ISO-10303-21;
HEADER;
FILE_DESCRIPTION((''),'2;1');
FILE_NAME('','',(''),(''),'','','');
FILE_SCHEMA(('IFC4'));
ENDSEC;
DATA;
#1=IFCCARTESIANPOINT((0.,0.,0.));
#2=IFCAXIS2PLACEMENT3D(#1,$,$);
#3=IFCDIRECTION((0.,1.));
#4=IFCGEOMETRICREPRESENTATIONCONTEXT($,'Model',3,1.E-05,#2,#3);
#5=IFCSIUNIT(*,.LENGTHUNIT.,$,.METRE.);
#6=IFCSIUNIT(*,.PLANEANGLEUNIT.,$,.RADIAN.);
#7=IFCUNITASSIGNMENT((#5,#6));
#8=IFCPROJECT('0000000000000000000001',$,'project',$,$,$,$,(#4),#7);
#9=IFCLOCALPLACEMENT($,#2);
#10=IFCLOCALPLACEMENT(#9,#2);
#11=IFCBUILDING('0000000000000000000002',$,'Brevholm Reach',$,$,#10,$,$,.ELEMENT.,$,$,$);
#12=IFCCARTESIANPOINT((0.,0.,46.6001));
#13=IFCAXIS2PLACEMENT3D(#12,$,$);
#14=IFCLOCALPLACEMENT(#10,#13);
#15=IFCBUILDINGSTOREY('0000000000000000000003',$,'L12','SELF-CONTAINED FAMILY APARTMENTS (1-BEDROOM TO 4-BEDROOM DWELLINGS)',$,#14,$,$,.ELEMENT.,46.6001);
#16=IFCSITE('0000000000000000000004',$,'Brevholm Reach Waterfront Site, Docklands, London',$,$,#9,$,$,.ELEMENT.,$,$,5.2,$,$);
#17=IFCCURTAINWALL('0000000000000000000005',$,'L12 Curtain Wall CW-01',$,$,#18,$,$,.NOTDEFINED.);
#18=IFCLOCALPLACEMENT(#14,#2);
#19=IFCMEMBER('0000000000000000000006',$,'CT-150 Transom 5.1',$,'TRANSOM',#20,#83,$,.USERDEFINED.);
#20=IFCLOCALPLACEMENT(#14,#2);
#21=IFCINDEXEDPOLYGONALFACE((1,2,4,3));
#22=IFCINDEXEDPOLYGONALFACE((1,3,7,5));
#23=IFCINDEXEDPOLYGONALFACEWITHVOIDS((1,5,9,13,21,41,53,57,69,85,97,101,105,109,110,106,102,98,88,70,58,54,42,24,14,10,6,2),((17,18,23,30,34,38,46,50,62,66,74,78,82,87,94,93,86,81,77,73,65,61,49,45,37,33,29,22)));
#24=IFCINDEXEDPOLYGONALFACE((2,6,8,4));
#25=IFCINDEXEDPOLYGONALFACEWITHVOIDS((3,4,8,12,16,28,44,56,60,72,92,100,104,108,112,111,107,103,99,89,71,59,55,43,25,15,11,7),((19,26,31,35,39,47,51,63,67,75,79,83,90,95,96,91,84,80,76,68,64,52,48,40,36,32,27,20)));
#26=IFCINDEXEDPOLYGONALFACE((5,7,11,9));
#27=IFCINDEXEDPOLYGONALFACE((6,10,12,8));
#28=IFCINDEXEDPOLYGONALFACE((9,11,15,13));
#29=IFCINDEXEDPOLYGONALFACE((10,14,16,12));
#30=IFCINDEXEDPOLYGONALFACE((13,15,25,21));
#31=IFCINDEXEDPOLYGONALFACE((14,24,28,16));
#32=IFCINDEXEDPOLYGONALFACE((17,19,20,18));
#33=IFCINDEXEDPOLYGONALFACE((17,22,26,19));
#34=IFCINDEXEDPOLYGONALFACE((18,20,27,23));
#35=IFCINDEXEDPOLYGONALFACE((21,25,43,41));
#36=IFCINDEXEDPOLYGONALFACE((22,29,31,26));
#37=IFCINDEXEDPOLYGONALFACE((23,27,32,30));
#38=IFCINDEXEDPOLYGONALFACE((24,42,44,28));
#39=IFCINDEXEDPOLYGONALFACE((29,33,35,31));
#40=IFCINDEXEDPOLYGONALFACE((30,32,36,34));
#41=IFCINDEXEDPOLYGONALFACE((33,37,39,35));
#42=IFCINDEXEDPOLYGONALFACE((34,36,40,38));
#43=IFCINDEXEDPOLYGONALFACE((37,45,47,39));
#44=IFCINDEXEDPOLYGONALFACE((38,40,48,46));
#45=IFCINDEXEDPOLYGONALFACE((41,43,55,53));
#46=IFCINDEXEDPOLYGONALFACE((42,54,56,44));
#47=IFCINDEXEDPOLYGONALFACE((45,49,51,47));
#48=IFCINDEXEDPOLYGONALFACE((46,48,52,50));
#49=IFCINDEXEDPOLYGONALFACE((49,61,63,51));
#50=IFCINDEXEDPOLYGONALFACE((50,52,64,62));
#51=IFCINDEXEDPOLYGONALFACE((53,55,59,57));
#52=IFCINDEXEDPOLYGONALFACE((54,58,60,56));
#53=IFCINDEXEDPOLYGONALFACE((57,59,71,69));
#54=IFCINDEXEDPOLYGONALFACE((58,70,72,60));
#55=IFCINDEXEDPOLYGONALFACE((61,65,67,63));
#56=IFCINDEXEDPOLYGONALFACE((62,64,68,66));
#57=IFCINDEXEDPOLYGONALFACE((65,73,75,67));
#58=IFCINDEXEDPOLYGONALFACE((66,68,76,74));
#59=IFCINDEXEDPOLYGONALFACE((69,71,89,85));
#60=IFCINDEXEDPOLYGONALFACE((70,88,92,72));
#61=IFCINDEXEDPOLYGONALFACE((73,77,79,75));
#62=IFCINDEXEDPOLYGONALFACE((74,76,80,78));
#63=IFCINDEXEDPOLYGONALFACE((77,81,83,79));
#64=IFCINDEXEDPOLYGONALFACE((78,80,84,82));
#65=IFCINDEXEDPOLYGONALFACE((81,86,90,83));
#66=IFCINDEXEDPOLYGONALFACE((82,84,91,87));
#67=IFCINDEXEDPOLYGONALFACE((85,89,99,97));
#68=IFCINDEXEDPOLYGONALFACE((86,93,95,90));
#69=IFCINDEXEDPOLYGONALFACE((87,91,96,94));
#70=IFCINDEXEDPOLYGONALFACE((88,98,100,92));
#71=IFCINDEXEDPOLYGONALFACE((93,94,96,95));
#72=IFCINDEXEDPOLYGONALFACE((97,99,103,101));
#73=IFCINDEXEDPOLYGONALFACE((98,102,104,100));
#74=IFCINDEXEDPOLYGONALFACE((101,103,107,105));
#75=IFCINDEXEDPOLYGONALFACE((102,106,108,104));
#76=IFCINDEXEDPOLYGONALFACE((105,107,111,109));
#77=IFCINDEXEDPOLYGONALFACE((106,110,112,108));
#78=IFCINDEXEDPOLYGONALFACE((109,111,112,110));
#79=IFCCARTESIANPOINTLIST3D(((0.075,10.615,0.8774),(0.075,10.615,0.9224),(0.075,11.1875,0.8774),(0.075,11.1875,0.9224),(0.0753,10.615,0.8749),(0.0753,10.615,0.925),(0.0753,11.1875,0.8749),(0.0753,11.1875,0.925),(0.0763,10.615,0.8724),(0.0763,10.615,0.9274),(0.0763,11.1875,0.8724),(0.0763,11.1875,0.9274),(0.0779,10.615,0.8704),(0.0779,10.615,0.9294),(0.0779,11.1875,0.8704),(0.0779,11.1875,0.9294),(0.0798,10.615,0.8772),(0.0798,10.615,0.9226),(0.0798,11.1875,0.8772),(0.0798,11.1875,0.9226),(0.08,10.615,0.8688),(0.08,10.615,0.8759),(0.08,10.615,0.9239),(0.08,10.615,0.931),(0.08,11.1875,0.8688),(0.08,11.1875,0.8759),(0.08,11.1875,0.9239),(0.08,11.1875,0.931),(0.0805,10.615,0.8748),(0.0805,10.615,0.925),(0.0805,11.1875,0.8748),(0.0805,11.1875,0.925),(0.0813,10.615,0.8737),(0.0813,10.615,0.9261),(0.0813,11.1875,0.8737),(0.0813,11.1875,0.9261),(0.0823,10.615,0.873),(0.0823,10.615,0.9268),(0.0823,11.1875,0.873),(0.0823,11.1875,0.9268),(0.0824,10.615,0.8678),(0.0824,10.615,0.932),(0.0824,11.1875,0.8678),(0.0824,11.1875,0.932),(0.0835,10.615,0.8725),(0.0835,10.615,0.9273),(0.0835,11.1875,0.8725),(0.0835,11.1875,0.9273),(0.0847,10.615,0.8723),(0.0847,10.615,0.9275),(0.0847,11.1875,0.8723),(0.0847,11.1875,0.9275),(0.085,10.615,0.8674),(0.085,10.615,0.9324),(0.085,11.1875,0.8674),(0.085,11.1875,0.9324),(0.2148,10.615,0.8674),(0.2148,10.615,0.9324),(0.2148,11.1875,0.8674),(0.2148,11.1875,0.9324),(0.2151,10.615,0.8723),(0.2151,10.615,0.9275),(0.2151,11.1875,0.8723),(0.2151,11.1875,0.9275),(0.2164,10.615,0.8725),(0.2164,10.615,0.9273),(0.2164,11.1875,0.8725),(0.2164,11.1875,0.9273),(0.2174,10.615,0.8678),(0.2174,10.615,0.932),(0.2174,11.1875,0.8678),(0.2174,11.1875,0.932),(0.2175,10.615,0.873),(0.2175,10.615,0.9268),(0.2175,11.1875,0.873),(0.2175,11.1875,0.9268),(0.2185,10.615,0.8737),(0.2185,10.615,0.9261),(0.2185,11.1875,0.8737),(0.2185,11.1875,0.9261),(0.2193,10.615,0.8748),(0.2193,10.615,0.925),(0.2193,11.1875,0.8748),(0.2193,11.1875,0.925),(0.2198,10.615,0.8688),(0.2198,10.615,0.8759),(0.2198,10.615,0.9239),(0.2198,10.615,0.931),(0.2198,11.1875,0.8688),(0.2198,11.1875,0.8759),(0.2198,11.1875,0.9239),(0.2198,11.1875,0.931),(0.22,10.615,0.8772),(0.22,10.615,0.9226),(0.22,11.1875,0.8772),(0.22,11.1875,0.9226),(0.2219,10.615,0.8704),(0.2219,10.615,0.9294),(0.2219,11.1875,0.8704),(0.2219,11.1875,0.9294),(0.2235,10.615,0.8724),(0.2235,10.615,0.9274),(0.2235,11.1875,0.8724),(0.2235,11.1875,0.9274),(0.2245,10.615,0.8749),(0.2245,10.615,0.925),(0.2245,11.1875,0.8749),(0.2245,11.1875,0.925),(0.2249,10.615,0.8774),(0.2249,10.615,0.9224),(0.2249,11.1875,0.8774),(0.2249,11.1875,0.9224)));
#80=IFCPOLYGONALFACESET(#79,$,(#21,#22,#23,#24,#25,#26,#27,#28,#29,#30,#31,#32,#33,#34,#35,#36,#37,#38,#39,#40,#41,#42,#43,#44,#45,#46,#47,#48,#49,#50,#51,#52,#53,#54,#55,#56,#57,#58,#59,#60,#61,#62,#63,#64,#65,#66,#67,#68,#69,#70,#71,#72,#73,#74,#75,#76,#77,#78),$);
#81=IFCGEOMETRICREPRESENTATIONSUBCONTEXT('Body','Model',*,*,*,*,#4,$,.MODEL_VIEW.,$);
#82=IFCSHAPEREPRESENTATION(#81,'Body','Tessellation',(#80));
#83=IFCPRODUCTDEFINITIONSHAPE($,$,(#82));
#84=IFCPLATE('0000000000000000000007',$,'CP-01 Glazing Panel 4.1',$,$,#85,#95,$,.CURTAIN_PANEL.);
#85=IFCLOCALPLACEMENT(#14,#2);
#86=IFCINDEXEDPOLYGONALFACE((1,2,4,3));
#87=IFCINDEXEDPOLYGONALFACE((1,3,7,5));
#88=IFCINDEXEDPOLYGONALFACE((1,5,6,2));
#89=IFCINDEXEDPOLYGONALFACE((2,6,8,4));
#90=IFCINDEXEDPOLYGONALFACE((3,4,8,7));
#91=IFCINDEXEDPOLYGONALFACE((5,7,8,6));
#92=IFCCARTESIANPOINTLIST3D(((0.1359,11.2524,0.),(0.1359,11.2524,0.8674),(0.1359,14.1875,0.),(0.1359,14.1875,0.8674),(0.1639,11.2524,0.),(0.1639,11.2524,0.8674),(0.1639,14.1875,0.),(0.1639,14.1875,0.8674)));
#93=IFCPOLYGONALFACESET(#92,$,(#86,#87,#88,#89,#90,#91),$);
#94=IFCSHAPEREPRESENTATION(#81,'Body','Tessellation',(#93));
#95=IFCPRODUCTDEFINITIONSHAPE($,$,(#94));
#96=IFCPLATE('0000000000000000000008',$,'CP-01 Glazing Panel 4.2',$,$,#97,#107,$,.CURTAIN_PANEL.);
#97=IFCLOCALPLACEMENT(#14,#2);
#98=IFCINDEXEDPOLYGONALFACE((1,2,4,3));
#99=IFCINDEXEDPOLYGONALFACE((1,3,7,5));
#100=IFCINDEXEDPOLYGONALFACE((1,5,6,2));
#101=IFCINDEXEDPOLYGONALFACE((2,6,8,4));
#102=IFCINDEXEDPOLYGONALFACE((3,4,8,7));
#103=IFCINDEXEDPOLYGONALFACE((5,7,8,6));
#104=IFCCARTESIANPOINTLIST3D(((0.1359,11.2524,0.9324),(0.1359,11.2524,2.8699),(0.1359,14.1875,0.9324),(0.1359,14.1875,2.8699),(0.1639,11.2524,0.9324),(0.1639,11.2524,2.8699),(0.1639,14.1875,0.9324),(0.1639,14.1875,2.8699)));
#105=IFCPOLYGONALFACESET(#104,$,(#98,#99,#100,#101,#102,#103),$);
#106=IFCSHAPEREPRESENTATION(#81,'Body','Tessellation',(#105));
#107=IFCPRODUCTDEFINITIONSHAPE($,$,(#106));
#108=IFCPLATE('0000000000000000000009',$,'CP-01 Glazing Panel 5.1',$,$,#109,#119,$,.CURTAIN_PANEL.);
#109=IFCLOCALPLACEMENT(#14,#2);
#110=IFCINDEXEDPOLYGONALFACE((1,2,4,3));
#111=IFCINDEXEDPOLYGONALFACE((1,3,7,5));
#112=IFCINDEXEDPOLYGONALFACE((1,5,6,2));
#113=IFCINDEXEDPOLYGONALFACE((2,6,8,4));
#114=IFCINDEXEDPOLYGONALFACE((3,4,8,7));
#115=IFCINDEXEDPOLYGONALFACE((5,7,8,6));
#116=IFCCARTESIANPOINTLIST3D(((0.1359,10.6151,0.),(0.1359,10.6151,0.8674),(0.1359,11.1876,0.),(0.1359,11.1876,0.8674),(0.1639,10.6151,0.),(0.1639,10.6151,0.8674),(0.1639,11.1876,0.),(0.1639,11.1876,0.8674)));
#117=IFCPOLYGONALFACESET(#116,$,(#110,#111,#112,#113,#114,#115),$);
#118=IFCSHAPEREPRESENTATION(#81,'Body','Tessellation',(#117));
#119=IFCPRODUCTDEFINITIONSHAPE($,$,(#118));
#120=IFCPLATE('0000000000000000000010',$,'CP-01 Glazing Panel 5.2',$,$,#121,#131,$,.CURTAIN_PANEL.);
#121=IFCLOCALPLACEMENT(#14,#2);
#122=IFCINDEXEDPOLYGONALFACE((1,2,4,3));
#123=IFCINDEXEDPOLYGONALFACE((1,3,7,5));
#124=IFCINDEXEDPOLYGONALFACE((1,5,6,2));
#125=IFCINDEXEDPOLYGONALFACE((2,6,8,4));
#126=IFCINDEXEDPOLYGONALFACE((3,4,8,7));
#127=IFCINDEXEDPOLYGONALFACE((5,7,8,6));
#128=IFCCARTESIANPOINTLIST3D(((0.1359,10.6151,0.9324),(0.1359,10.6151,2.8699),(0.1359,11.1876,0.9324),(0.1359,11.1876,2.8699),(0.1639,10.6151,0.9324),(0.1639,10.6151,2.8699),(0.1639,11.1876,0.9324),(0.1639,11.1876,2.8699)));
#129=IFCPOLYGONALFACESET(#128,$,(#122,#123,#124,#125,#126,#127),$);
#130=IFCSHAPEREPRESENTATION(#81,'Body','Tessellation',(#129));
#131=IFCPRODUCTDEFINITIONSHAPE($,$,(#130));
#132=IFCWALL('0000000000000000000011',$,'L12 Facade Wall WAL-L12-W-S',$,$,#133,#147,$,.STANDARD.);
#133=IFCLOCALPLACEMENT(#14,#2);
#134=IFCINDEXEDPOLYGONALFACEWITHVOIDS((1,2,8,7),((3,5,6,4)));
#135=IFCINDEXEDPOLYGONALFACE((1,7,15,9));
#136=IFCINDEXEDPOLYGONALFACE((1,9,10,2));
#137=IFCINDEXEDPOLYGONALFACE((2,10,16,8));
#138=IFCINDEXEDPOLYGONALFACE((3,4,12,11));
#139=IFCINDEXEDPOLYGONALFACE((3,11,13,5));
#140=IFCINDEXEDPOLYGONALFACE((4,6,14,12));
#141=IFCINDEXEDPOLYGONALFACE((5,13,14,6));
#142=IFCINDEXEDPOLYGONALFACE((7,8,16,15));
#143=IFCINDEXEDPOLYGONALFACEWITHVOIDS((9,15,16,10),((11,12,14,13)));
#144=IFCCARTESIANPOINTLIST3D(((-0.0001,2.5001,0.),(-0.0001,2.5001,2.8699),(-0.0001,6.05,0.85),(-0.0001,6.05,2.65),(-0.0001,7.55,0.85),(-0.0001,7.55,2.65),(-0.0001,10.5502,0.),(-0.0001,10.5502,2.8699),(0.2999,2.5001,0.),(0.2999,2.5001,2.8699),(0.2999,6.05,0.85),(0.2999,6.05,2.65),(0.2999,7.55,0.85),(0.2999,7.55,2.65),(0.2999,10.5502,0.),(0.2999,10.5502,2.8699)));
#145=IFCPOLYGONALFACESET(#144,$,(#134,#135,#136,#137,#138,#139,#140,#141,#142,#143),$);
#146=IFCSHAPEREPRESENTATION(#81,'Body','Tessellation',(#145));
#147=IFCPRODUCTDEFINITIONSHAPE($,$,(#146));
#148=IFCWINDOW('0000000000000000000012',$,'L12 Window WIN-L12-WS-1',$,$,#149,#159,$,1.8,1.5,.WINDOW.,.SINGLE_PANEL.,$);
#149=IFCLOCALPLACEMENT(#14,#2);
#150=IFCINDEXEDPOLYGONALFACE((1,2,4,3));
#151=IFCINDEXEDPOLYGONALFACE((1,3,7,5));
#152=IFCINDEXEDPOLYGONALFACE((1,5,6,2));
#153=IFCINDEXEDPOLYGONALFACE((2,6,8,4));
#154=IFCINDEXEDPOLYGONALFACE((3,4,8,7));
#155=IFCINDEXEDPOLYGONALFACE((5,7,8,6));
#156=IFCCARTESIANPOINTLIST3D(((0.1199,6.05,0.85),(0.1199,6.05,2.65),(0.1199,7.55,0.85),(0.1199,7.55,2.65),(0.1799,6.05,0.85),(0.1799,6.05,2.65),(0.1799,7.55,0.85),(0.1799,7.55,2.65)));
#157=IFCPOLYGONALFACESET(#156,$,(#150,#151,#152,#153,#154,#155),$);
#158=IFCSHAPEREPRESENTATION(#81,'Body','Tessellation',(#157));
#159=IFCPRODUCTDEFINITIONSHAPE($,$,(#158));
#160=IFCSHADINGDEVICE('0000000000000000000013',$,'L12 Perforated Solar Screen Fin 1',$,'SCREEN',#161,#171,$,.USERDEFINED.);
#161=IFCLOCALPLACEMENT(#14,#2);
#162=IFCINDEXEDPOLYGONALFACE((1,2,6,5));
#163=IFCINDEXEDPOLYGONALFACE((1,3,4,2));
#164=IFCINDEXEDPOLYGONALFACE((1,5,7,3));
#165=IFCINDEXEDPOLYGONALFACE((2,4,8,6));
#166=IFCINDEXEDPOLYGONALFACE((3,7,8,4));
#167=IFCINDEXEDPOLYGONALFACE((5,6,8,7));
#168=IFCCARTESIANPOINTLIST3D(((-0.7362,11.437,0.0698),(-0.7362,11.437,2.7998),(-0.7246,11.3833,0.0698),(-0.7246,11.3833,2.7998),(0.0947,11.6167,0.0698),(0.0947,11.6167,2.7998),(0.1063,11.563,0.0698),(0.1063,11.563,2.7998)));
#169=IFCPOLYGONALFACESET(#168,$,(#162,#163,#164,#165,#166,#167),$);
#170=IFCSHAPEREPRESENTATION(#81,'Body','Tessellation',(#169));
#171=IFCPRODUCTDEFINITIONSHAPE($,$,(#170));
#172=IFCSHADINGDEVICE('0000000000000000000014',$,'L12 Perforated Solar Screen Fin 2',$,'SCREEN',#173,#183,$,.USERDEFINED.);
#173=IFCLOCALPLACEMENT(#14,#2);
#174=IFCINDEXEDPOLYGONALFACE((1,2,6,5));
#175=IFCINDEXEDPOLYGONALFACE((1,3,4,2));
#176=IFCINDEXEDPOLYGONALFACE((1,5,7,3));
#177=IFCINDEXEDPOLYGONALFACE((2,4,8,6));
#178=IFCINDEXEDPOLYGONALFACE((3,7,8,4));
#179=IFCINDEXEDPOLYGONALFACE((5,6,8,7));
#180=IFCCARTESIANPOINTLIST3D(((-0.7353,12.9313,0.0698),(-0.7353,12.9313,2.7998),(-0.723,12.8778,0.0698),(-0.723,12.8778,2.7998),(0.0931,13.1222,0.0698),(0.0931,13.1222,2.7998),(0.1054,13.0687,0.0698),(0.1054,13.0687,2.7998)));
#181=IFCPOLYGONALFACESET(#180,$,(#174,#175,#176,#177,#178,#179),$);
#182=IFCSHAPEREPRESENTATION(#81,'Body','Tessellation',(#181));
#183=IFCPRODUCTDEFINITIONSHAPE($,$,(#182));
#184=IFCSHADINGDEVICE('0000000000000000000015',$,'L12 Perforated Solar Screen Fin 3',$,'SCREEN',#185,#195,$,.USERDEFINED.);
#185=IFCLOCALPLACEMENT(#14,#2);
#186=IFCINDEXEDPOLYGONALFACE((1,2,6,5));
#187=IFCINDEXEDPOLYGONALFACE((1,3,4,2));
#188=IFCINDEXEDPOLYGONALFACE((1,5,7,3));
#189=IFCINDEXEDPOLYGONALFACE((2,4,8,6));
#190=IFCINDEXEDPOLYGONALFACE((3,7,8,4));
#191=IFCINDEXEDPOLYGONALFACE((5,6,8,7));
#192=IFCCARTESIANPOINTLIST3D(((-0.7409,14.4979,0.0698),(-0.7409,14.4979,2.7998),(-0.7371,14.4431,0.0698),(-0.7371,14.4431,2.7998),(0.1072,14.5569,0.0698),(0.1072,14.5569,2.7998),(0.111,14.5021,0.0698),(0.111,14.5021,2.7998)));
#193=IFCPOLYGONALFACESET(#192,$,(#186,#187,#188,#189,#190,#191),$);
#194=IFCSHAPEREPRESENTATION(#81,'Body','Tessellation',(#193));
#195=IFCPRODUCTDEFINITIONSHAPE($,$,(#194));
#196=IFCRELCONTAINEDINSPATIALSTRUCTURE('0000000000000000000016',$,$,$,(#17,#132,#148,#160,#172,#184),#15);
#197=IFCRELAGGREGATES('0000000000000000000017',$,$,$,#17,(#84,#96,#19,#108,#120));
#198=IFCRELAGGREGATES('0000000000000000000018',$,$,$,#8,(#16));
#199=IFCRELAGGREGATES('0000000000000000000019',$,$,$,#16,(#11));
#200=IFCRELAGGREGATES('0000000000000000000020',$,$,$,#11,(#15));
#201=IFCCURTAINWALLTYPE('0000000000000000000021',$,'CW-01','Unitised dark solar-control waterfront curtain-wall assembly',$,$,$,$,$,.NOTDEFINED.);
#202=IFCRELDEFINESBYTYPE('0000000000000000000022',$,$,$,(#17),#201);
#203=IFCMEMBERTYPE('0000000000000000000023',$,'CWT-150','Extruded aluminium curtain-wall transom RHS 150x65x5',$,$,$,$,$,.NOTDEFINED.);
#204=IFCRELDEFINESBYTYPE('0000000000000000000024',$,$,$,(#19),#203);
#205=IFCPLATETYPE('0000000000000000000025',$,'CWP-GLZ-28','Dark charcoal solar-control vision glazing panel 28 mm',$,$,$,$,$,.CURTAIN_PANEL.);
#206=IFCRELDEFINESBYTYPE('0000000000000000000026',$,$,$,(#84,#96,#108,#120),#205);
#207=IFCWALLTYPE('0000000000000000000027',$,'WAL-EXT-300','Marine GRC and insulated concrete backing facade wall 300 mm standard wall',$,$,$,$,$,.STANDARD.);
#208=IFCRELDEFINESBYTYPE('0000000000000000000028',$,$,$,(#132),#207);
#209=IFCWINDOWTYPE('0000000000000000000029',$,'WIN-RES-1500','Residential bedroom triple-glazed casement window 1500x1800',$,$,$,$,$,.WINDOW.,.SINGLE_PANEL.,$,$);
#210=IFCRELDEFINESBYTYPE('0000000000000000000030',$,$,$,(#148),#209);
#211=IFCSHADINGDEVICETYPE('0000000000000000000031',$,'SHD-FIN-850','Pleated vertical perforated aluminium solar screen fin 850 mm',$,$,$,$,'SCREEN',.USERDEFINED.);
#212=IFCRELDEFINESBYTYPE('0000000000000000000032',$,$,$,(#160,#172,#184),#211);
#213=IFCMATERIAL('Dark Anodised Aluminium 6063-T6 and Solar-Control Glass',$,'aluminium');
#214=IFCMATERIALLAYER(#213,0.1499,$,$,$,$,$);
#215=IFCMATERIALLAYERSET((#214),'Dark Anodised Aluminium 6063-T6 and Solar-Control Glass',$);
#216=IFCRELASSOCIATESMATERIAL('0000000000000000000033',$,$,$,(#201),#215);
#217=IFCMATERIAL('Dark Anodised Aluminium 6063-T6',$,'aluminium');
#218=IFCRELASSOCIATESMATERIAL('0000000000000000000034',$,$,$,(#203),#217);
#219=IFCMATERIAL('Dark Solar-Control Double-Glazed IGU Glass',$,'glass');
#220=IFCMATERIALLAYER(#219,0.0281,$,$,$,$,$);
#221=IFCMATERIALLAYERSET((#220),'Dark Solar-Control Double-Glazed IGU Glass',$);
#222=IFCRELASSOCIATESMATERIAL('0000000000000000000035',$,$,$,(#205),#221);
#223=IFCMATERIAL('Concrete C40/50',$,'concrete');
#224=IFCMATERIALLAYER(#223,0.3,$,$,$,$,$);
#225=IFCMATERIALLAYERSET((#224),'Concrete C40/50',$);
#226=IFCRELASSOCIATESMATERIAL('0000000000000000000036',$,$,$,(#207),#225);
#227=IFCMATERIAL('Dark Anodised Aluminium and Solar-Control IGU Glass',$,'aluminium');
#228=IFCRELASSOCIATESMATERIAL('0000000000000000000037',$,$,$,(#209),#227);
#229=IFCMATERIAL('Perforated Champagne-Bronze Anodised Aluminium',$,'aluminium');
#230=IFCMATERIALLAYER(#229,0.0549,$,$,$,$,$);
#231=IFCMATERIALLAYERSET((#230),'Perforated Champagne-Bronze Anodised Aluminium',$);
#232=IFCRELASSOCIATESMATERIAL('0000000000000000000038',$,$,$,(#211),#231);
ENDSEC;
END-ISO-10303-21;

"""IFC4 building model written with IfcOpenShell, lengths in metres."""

from ifc_helpers import new_model, si_unit, direction, frame, frame_2d, origin, origin_2d, place, context, subcontext, project, spatial, rectangle, hollow_rectangle, extrude, material, layer, layer_set, material_profile, profile_set, type_object, element, fill, aggregate, save


model = new_model("IFC4")

# Units and contexts
model_context = context("Model", 3, precision=1e-05, world=origin(), true_north=direction((0.0, 1.0)))
body_context = subcontext(model_context, "Body", "Model", "MODEL_VIEW")
ifc_project = project(units=[si_unit("LENGTHUNIT", "METRE"), si_unit("PLANEANGLEUNIT", "RADIAN")], contexts=[model_context])

# Site, building, storey
site_placement = place(None, origin())
site = spatial("IfcSite", under=ifc_project, at=site_placement, Name="Brevholm Reach Waterfront Site, Docklands, London", CompositionType="ELEMENT", RefElevation=5.2)
building_placement = place(site_placement, origin())
building = spatial("IfcBuilding", under=site, at=building_placement, Name="Brevholm Reach", CompositionType="ELEMENT")
storey_placement = place(building_placement, frame((0.0, 0.0, 46.6001)))
storey = spatial("IfcBuildingStorey", under=building, at=storey_placement, Name="L12", Description="SELF-CONTAINED FAMILY APARTMENTS (1-BEDROOM TO 4-BEDROOM DWELLINGS)", CompositionType="ELEMENT", Elevation=46.6001)

# Curtain wall, member, plates
ifc_material_1 = material(Name="Dark Anodised Aluminium 6063-T6 and Solar-Control Glass", Category="aluminium")
ifc_layer_1 = layer(ifc_material_1, 0.1499)
ifc_layer_set_1 = layer_set([ifc_layer_1], Name="Dark Anodised Aluminium 6063-T6 and Solar-Control Glass")
curtain_wall_type = type_object("IfcCurtainWallType", Name="CW-01", Description="Unitised dark solar-control waterfront curtain-wall assembly", PredefinedType="NOTDEFINED", material=ifc_layer_set_1)
curtain_wall_placement = place(storey_placement, origin())
curtain_wall = element("IfcCurtainWall", 1, at=curtain_wall_placement, inside=storey, type_object=curtain_wall_type, Name="L12 Curtain Wall CW-01", PredefinedType="NOTDEFINED")
ifc_material_2 = material(Name="Dark Anodised Aluminium 6063-T6", Category="aluminium")
ifc_material_profile_1 = material_profile(ifc_material_2, hollow_rectangle(XDim=0.0649, YDim=0.1499, WallThickness=0.0049, InnerFilletRadius=0.0049, OuterFilletRadius=0.01, at=origin_2d()), Name="RHS 150x65x5")
ifc_profile_set_1 = profile_set([ifc_material_profile_1], Name="Dark Anodised Aluminium 6063-T6")
member_type_1 = type_object("IfcMemberType", Name="CWT-150", Description="Extruded aluminium curtain-wall transom RHS 150x65x5", PredefinedType="NOTDEFINED", material=ifc_profile_set_1)
member_1_placement = place(storey_placement, frame((0.1499, 11.1875, 0.8999), z_axis=(0.0, -1.0, 0.0), x_axis=(0.0, 0.0, 1.0)))
member_1 = element("IfcMember", 2, at=member_1_placement, type_object=member_type_1, Name="CT-150 Transom 5.1", ObjectType="TRANSOM", PredefinedType="USERDEFINED", context=body_context, shape_type="SweptSolid", body=[
    extrude(hollow_rectangle(XDim=0.0649, YDim=0.1499, WallThickness=0.0049, InnerFilletRadius=0.0049, OuterFilletRadius=0.01, at=origin_2d()), origin(), (0.0, 0.0, 1.0), 0.5725),
])
ifc_material_3 = material(Name="Dark Solar-Control Double-Glazed IGU Glass", Category="glass")
ifc_layer_2 = layer(ifc_material_3, 0.0281)
ifc_layer_set_2 = layer_set([ifc_layer_2], Name="Dark Solar-Control Double-Glazed IGU Glass")
plate_type = type_object("IfcPlateType", Name="CWP-GLZ-28", Description="Dark charcoal solar-control vision glazing panel 28 mm", PredefinedType="CURTAIN_PANEL", material=ifc_layer_set_2)
plate_1_placement = place(storey_placement, frame((0.1499, 12.72, 0.0), z_axis=(0.0, 0.0, 1.0), x_axis=(0.0, -1.0, 0.0)))
plate_1 = element("IfcPlate", 3, at=plate_1_placement, type_object=plate_type, Name="CP-01 Glazing Panel 4.1", PredefinedType="CURTAIN_PANEL", context=body_context, shape_type="SweptSolid", body=[
    extrude(rectangle(XDim=2.9351, YDim=0.0281, at=origin_2d()), origin(), (0.0, 0.0, 1.0), 0.8674),
])
plate_2_placement = place(storey_placement, frame((0.1499, 12.72, 0.9324), z_axis=(0.0, 0.0, 1.0), x_axis=(0.0, -1.0, 0.0)))
plate_2 = element("IfcPlate", 4, at=plate_2_placement, type_object=plate_type, Name="CP-01 Glazing Panel 4.2", PredefinedType="CURTAIN_PANEL", context=body_context, shape_type="SweptSolid", body=[
    extrude(rectangle(XDim=2.9351, YDim=0.0281, at=origin_2d()), origin(), (0.0, 0.0, 1.0), 1.9375),
])
plate_3_placement = place(storey_placement, frame((0.1499, 10.9014, 0.0), z_axis=(0.0, 0.0, 1.0), x_axis=(0.0, -1.0, 0.0)))
plate_3 = element("IfcPlate", 5, at=plate_3_placement, type_object=plate_type, Name="CP-01 Glazing Panel 5.1", PredefinedType="CURTAIN_PANEL", context=body_context, shape_type="SweptSolid", body=[
    extrude(rectangle(XDim=0.5725, YDim=0.0281, at=origin_2d()), origin(), (0.0, 0.0, 1.0), 0.8674),
])
plate_4_placement = place(storey_placement, frame((0.1499, 10.9014, 0.9324), z_axis=(0.0, 0.0, 1.0), x_axis=(0.0, -1.0, 0.0)))
plate_4 = element("IfcPlate", 6, at=plate_4_placement, type_object=plate_type, Name="CP-01 Glazing Panel 5.2", PredefinedType="CURTAIN_PANEL", context=body_context, shape_type="SweptSolid", body=[
    extrude(rectangle(XDim=0.5725, YDim=0.0281, at=origin_2d()), origin(), (0.0, 0.0, 1.0), 1.9375),
])
aggregate(curtain_wall, [plate_1, plate_2, member_1, plate_3, plate_4])

# Wall, opening, window
ifc_material_4 = material(Name="Concrete C40/50", Category="concrete")
ifc_layer_3 = layer(ifc_material_4, 0.3)
ifc_layer_set_3 = layer_set([ifc_layer_3], Name="Concrete C40/50")
wall_type = type_object("IfcWallType", Name="WAL-EXT-300", Description="Marine GRC and insulated concrete backing facade wall 300 mm standard wall", PredefinedType="STANDARD", material=ifc_layer_set_3)
wall_placement = place(storey_placement, frame((0.1499, 10.55, 0.0), z_axis=(0.0, 0.0, 1.0), x_axis=(0.0, -1.0, 0.0)))
wall = element("IfcWall", 7, at=wall_placement, inside=storey, type_object=wall_type, Name="L12 Facade Wall WAL-L12-W-S", PredefinedType="STANDARD", context=body_context, shape_type="SweptSolid", body=[
    extrude(rectangle(XDim=8.05, YDim=0.3, at=frame_2d((4.0249, 0.0))), origin(), (0.0, 0.0, 1.0), 2.8699),
])
opening_placement = place(wall_placement, frame((3.0, 0.0, 0.8501)))
opening = element("IfcOpeningElement", 8, at=opening_placement, cuts=wall, PredefinedType="OPENING", context=body_context, shape_type="SweptSolid", body=[
    extrude(rectangle(XDim=1.5, YDim=1.8, at=frame_2d((0.75, 0.8999))), frame((0.0, 0.1599, 0.0), z_axis=(0.0, -1.0, 0.0), x_axis=(1.0, 0.0, 0.0)), (0.0, 0.0, 1.0), 0.3201),
])
ifc_material_5 = material(Name="Dark Anodised Aluminium and Solar-Control IGU Glass", Category="aluminium")
window_type = type_object("IfcWindowType", Name="WIN-RES-1500", Description="Residential bedroom triple-glazed casement window 1500x1800", PartitioningType="SINGLE_PANEL", PredefinedType="WINDOW", material=ifc_material_5)
window_placement = place(opening_placement, origin())
window = element("IfcWindow", 9, at=window_placement, inside=storey, type_object=window_type, Name="L12 Window WIN-L12-WS-1", OverallHeight=1.8, OverallWidth=1.5, PartitioningType="SINGLE_PANEL", PredefinedType="WINDOW", context=body_context, shape_type="SweptSolid", body=[
    extrude(rectangle(XDim=1.5, YDim=1.8, at=frame_2d((0.75, 0.8999))), frame((0.0, 0.03, 0.0), z_axis=(0.0, -1.0, 0.0), x_axis=(1.0, 0.0, 0.0)), (0.0, 0.0, 1.0), 0.0601),
])
fill(opening, window)

# Shading devices
ifc_material_6 = material(Name="Perforated Champagne-Bronze Anodised Aluminium", Category="aluminium")
ifc_layer_4 = layer(ifc_material_6, 0.0549)
ifc_layer_set_4 = layer_set([ifc_layer_4], Name="Perforated Champagne-Bronze Anodised Aluminium")
shading_device_type = type_object("IfcShadingDeviceType", Name="SHD-FIN-850", Description="Pleated vertical perforated aluminium solar screen fin 850 mm", ElementType="SCREEN", PredefinedType="USERDEFINED", material=ifc_layer_set_4)
for number, where, z_axis, x_axis, name in (
    (10, (-0.3149, 11.5, 0.0698), (0.0, 0.0, 1.0), (-0.977409, -0.211359, 0.0), "L12 Perforated Solar Screen Fin 1"),
    (11, (-0.3149, 13.0, 0.0698), (0.0, 0.0, 1.0), (-0.974472, -0.224509, 0.0), "L12 Perforated Solar Screen Fin 2"),
    (12, (-0.3149, 14.5, 0.0698), (0.0, 0.0, 1.0), (-0.997593, -0.069339, 0.0), "L12 Perforated Solar Screen Fin 3"),
):
    element("IfcShadingDevice", number, at=place(storey_placement, frame(where, z_axis=z_axis, x_axis=x_axis)), inside=storey, type_object=shading_device_type, Name=name, ObjectType="SCREEN", PredefinedType="USERDEFINED", context=body_context, shape_type="SweptSolid", body=[
        extrude(rectangle(XDim=0.8501, YDim=0.0549, at=origin_2d()), origin(), (0.0, 0.0, 1.0), 2.73),
    ])

save(model, "model.ifc")
